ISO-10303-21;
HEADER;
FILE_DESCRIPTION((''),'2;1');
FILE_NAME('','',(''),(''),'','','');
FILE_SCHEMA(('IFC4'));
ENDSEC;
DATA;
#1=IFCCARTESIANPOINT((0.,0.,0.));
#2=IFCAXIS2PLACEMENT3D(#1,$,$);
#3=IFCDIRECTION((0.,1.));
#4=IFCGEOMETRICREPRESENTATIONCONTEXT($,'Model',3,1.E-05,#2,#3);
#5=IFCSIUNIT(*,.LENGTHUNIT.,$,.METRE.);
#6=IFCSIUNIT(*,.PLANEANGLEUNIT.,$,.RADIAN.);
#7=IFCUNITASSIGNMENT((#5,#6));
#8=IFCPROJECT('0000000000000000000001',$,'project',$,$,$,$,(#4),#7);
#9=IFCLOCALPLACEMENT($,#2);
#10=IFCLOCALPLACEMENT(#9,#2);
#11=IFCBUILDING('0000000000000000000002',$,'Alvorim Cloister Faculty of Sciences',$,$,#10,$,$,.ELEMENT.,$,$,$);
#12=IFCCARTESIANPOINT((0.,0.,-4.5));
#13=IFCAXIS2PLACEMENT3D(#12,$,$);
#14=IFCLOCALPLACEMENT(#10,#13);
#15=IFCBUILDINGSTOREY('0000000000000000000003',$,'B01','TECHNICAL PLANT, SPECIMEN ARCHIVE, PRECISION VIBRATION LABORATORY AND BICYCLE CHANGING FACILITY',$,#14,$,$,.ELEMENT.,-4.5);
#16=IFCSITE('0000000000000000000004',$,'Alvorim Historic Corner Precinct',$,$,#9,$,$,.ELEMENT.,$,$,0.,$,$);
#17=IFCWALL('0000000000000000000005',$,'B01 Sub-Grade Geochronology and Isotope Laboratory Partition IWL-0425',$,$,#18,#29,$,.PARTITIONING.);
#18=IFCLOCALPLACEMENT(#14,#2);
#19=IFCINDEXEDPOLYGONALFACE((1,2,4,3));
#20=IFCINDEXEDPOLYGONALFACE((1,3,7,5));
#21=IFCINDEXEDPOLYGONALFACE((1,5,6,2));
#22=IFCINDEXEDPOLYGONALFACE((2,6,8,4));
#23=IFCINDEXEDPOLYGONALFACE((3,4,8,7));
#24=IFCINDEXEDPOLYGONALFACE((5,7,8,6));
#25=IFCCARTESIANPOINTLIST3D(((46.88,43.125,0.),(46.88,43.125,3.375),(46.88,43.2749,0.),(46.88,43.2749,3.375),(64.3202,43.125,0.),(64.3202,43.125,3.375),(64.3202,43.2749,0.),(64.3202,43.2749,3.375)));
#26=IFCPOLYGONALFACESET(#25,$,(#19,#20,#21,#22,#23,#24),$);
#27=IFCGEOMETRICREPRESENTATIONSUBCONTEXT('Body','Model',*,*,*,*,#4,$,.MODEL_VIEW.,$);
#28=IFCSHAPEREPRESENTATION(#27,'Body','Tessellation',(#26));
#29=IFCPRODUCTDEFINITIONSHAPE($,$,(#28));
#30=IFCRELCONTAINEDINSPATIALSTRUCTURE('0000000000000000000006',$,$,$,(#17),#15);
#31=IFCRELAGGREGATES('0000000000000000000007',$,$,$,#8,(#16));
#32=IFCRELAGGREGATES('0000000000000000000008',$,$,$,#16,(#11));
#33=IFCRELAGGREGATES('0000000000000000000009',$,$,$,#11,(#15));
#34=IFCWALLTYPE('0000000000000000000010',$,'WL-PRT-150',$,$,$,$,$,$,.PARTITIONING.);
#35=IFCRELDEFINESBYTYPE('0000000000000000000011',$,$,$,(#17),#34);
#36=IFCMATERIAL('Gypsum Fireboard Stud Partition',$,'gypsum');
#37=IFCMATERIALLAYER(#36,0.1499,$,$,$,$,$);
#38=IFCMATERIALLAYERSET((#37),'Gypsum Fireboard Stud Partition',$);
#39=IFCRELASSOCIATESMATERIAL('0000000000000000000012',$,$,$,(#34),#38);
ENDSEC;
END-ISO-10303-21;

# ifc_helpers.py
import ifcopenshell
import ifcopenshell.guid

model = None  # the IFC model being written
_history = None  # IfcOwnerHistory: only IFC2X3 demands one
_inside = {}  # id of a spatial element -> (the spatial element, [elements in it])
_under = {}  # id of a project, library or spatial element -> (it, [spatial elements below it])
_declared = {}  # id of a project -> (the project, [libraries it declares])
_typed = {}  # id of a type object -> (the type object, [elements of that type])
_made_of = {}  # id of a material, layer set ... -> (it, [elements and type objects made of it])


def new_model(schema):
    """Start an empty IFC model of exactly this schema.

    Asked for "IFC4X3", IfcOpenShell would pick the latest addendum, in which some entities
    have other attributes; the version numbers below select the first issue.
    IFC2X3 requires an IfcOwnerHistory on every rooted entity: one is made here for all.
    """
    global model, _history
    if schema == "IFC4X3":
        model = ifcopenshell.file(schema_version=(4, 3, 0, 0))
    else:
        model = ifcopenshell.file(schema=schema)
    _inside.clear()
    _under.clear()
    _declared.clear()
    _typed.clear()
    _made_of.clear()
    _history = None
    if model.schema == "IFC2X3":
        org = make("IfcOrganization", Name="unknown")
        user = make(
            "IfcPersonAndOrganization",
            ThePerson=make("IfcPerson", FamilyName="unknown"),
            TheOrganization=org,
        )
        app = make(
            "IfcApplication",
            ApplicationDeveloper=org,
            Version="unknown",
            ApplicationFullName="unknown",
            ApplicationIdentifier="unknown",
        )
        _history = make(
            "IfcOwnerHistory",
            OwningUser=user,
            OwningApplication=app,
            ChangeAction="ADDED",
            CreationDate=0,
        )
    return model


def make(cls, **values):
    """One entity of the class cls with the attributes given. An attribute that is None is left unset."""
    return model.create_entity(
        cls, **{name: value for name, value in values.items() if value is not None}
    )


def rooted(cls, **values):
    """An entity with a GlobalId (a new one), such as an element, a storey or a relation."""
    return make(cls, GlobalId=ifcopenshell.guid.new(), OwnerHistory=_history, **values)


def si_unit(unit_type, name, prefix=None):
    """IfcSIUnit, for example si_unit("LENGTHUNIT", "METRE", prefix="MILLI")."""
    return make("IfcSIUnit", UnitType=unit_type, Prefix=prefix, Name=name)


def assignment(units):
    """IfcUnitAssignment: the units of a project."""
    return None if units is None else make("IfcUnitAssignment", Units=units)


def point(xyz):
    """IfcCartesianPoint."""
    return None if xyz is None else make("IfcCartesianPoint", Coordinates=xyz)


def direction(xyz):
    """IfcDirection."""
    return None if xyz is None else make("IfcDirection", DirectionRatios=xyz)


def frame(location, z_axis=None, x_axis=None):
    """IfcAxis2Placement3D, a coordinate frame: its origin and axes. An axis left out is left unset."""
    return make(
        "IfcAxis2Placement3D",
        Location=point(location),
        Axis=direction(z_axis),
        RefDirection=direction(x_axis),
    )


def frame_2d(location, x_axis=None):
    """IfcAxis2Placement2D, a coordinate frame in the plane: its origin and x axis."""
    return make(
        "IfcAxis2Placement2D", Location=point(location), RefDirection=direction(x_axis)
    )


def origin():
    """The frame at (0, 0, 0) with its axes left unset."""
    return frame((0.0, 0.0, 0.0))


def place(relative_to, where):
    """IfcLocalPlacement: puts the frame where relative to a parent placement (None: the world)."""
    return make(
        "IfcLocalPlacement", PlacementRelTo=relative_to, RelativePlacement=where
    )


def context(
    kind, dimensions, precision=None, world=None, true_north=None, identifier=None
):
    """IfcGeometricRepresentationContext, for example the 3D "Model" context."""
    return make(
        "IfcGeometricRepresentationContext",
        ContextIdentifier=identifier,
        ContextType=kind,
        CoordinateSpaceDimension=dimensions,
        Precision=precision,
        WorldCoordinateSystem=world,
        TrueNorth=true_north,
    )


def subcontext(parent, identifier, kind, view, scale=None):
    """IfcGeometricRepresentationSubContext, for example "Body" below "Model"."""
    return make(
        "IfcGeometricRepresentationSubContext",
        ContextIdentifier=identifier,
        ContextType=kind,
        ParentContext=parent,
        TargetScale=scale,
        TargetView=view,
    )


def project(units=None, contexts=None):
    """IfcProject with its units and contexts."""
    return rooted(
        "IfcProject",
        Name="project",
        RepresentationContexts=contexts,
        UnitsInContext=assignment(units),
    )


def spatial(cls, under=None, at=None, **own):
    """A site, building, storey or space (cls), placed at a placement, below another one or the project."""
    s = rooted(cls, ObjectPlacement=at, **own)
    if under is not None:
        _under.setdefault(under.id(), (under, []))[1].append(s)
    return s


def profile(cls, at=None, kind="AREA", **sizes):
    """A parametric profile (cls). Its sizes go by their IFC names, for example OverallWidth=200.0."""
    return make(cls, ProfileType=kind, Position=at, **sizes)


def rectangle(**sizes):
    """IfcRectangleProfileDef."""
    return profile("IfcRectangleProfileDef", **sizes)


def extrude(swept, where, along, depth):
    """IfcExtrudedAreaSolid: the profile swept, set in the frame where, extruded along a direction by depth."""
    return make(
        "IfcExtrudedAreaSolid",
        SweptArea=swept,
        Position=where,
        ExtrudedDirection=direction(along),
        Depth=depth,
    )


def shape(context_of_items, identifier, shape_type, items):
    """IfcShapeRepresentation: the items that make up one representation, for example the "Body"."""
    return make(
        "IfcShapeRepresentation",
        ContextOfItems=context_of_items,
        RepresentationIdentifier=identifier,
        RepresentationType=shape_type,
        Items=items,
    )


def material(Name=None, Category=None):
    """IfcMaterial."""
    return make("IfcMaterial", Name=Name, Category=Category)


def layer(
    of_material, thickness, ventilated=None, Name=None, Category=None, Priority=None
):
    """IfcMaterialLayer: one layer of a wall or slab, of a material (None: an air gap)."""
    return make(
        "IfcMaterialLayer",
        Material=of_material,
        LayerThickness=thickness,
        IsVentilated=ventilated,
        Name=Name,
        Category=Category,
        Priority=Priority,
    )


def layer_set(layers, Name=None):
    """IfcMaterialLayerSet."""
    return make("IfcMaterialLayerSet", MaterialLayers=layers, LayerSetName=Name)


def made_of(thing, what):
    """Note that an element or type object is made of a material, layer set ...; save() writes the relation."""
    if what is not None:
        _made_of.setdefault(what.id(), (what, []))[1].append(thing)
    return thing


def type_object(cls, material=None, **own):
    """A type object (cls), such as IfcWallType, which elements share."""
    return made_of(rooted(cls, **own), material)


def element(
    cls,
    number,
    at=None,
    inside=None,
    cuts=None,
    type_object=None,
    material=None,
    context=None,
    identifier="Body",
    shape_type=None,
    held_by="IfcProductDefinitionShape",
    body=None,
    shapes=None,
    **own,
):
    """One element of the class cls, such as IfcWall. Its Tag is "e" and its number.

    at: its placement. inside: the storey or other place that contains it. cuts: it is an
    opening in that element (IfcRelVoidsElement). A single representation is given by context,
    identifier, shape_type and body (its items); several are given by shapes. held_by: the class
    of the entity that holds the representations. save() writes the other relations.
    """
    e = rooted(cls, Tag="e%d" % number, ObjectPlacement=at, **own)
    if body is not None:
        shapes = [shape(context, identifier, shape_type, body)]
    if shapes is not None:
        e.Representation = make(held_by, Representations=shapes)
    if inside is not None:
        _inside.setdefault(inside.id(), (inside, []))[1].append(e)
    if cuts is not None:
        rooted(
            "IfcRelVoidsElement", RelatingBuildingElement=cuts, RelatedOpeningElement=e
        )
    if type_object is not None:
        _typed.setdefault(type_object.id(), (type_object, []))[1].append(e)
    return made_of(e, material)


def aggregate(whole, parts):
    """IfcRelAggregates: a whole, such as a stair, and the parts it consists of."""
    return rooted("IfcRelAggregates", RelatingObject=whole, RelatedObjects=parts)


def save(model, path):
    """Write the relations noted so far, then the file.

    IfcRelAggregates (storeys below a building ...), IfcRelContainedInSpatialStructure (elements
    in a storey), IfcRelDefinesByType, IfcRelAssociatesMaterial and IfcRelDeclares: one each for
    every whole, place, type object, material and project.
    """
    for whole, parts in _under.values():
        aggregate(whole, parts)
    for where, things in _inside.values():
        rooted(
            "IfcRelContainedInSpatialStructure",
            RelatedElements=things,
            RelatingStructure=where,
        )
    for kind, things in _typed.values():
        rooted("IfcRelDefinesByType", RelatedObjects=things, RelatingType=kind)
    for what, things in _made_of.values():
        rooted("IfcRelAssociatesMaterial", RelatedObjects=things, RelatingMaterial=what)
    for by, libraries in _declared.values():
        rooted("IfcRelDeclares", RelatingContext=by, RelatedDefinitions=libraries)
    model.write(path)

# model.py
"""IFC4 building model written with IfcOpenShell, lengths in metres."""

from ifc_helpers import new_model, si_unit, direction, frame, frame_2d, origin, place, context, subcontext, project, spatial, rectangle, extrude, material, layer, layer_set, type_object, element, save


model = new_model("IFC4")

# Units and contexts
model_context = context("Model", 3, precision=1e-05, world=origin(), true_north=direction((0.0, 1.0)))
body_context = subcontext(model_context, "Body", "Model", "MODEL_VIEW")
ifc_project = project(units=[si_unit("LENGTHUNIT", "METRE"), si_unit("PLANEANGLEUNIT", "RADIAN")], contexts=[model_context])

# Site, building, storey
site_placement = place(None, origin())
site = spatial("IfcSite", under=ifc_project, at=site_placement, Name="Alvorim Historic Corner Precinct", CompositionType="ELEMENT", RefElevation=0.0)
building_placement = place(site_placement, origin())
building = spatial("IfcBuilding", under=site, at=building_placement, Name="Alvorim Cloister Faculty of Sciences", CompositionType="ELEMENT")
storey_placement = place(building_placement, frame((0.0, 0.0, -4.5)))
storey = spatial("IfcBuildingStorey", under=building, at=storey_placement, Name="B01", Description="TECHNICAL PLANT, SPECIMEN ARCHIVE, PRECISION VIBRATION LABORATORY AND BICYCLE CHANGING FACILITY", CompositionType="ELEMENT", Elevation=-4.5)

# Wall
ifc_material_1 = material(Name="Gypsum Fireboard Stud Partition", Category="gypsum")
ifc_layer = layer(ifc_material_1, 0.1499)
ifc_layer_set = layer_set([ifc_layer], Name="Gypsum Fireboard Stud Partition")
wall_type = type_object("IfcWallType", Name="WL-PRT-150", PredefinedType="PARTITIONING", material=ifc_layer_set)
wall_placement = place(storey_placement, frame((46.8799, 43.2, 0.0), z_axis=(0.0, 0.0, 1.0), x_axis=(1.0, 0.0, 0.0)))
element("IfcWall", 1, at=wall_placement, inside=storey, type_object=wall_type, Name="B01 Sub-Grade Geochronology and Isotope Laboratory Partition IWL-0425", PredefinedType="PARTITIONING", context=body_context, shape_type="SweptSolid", body=[
    extrude(rectangle(XDim=17.4402, YDim=0.1499, at=frame_2d((8.7202, 0.0))), origin(), (0.0, 0.0, 1.0), 3.375),
])

save(model, "model.ifc")
